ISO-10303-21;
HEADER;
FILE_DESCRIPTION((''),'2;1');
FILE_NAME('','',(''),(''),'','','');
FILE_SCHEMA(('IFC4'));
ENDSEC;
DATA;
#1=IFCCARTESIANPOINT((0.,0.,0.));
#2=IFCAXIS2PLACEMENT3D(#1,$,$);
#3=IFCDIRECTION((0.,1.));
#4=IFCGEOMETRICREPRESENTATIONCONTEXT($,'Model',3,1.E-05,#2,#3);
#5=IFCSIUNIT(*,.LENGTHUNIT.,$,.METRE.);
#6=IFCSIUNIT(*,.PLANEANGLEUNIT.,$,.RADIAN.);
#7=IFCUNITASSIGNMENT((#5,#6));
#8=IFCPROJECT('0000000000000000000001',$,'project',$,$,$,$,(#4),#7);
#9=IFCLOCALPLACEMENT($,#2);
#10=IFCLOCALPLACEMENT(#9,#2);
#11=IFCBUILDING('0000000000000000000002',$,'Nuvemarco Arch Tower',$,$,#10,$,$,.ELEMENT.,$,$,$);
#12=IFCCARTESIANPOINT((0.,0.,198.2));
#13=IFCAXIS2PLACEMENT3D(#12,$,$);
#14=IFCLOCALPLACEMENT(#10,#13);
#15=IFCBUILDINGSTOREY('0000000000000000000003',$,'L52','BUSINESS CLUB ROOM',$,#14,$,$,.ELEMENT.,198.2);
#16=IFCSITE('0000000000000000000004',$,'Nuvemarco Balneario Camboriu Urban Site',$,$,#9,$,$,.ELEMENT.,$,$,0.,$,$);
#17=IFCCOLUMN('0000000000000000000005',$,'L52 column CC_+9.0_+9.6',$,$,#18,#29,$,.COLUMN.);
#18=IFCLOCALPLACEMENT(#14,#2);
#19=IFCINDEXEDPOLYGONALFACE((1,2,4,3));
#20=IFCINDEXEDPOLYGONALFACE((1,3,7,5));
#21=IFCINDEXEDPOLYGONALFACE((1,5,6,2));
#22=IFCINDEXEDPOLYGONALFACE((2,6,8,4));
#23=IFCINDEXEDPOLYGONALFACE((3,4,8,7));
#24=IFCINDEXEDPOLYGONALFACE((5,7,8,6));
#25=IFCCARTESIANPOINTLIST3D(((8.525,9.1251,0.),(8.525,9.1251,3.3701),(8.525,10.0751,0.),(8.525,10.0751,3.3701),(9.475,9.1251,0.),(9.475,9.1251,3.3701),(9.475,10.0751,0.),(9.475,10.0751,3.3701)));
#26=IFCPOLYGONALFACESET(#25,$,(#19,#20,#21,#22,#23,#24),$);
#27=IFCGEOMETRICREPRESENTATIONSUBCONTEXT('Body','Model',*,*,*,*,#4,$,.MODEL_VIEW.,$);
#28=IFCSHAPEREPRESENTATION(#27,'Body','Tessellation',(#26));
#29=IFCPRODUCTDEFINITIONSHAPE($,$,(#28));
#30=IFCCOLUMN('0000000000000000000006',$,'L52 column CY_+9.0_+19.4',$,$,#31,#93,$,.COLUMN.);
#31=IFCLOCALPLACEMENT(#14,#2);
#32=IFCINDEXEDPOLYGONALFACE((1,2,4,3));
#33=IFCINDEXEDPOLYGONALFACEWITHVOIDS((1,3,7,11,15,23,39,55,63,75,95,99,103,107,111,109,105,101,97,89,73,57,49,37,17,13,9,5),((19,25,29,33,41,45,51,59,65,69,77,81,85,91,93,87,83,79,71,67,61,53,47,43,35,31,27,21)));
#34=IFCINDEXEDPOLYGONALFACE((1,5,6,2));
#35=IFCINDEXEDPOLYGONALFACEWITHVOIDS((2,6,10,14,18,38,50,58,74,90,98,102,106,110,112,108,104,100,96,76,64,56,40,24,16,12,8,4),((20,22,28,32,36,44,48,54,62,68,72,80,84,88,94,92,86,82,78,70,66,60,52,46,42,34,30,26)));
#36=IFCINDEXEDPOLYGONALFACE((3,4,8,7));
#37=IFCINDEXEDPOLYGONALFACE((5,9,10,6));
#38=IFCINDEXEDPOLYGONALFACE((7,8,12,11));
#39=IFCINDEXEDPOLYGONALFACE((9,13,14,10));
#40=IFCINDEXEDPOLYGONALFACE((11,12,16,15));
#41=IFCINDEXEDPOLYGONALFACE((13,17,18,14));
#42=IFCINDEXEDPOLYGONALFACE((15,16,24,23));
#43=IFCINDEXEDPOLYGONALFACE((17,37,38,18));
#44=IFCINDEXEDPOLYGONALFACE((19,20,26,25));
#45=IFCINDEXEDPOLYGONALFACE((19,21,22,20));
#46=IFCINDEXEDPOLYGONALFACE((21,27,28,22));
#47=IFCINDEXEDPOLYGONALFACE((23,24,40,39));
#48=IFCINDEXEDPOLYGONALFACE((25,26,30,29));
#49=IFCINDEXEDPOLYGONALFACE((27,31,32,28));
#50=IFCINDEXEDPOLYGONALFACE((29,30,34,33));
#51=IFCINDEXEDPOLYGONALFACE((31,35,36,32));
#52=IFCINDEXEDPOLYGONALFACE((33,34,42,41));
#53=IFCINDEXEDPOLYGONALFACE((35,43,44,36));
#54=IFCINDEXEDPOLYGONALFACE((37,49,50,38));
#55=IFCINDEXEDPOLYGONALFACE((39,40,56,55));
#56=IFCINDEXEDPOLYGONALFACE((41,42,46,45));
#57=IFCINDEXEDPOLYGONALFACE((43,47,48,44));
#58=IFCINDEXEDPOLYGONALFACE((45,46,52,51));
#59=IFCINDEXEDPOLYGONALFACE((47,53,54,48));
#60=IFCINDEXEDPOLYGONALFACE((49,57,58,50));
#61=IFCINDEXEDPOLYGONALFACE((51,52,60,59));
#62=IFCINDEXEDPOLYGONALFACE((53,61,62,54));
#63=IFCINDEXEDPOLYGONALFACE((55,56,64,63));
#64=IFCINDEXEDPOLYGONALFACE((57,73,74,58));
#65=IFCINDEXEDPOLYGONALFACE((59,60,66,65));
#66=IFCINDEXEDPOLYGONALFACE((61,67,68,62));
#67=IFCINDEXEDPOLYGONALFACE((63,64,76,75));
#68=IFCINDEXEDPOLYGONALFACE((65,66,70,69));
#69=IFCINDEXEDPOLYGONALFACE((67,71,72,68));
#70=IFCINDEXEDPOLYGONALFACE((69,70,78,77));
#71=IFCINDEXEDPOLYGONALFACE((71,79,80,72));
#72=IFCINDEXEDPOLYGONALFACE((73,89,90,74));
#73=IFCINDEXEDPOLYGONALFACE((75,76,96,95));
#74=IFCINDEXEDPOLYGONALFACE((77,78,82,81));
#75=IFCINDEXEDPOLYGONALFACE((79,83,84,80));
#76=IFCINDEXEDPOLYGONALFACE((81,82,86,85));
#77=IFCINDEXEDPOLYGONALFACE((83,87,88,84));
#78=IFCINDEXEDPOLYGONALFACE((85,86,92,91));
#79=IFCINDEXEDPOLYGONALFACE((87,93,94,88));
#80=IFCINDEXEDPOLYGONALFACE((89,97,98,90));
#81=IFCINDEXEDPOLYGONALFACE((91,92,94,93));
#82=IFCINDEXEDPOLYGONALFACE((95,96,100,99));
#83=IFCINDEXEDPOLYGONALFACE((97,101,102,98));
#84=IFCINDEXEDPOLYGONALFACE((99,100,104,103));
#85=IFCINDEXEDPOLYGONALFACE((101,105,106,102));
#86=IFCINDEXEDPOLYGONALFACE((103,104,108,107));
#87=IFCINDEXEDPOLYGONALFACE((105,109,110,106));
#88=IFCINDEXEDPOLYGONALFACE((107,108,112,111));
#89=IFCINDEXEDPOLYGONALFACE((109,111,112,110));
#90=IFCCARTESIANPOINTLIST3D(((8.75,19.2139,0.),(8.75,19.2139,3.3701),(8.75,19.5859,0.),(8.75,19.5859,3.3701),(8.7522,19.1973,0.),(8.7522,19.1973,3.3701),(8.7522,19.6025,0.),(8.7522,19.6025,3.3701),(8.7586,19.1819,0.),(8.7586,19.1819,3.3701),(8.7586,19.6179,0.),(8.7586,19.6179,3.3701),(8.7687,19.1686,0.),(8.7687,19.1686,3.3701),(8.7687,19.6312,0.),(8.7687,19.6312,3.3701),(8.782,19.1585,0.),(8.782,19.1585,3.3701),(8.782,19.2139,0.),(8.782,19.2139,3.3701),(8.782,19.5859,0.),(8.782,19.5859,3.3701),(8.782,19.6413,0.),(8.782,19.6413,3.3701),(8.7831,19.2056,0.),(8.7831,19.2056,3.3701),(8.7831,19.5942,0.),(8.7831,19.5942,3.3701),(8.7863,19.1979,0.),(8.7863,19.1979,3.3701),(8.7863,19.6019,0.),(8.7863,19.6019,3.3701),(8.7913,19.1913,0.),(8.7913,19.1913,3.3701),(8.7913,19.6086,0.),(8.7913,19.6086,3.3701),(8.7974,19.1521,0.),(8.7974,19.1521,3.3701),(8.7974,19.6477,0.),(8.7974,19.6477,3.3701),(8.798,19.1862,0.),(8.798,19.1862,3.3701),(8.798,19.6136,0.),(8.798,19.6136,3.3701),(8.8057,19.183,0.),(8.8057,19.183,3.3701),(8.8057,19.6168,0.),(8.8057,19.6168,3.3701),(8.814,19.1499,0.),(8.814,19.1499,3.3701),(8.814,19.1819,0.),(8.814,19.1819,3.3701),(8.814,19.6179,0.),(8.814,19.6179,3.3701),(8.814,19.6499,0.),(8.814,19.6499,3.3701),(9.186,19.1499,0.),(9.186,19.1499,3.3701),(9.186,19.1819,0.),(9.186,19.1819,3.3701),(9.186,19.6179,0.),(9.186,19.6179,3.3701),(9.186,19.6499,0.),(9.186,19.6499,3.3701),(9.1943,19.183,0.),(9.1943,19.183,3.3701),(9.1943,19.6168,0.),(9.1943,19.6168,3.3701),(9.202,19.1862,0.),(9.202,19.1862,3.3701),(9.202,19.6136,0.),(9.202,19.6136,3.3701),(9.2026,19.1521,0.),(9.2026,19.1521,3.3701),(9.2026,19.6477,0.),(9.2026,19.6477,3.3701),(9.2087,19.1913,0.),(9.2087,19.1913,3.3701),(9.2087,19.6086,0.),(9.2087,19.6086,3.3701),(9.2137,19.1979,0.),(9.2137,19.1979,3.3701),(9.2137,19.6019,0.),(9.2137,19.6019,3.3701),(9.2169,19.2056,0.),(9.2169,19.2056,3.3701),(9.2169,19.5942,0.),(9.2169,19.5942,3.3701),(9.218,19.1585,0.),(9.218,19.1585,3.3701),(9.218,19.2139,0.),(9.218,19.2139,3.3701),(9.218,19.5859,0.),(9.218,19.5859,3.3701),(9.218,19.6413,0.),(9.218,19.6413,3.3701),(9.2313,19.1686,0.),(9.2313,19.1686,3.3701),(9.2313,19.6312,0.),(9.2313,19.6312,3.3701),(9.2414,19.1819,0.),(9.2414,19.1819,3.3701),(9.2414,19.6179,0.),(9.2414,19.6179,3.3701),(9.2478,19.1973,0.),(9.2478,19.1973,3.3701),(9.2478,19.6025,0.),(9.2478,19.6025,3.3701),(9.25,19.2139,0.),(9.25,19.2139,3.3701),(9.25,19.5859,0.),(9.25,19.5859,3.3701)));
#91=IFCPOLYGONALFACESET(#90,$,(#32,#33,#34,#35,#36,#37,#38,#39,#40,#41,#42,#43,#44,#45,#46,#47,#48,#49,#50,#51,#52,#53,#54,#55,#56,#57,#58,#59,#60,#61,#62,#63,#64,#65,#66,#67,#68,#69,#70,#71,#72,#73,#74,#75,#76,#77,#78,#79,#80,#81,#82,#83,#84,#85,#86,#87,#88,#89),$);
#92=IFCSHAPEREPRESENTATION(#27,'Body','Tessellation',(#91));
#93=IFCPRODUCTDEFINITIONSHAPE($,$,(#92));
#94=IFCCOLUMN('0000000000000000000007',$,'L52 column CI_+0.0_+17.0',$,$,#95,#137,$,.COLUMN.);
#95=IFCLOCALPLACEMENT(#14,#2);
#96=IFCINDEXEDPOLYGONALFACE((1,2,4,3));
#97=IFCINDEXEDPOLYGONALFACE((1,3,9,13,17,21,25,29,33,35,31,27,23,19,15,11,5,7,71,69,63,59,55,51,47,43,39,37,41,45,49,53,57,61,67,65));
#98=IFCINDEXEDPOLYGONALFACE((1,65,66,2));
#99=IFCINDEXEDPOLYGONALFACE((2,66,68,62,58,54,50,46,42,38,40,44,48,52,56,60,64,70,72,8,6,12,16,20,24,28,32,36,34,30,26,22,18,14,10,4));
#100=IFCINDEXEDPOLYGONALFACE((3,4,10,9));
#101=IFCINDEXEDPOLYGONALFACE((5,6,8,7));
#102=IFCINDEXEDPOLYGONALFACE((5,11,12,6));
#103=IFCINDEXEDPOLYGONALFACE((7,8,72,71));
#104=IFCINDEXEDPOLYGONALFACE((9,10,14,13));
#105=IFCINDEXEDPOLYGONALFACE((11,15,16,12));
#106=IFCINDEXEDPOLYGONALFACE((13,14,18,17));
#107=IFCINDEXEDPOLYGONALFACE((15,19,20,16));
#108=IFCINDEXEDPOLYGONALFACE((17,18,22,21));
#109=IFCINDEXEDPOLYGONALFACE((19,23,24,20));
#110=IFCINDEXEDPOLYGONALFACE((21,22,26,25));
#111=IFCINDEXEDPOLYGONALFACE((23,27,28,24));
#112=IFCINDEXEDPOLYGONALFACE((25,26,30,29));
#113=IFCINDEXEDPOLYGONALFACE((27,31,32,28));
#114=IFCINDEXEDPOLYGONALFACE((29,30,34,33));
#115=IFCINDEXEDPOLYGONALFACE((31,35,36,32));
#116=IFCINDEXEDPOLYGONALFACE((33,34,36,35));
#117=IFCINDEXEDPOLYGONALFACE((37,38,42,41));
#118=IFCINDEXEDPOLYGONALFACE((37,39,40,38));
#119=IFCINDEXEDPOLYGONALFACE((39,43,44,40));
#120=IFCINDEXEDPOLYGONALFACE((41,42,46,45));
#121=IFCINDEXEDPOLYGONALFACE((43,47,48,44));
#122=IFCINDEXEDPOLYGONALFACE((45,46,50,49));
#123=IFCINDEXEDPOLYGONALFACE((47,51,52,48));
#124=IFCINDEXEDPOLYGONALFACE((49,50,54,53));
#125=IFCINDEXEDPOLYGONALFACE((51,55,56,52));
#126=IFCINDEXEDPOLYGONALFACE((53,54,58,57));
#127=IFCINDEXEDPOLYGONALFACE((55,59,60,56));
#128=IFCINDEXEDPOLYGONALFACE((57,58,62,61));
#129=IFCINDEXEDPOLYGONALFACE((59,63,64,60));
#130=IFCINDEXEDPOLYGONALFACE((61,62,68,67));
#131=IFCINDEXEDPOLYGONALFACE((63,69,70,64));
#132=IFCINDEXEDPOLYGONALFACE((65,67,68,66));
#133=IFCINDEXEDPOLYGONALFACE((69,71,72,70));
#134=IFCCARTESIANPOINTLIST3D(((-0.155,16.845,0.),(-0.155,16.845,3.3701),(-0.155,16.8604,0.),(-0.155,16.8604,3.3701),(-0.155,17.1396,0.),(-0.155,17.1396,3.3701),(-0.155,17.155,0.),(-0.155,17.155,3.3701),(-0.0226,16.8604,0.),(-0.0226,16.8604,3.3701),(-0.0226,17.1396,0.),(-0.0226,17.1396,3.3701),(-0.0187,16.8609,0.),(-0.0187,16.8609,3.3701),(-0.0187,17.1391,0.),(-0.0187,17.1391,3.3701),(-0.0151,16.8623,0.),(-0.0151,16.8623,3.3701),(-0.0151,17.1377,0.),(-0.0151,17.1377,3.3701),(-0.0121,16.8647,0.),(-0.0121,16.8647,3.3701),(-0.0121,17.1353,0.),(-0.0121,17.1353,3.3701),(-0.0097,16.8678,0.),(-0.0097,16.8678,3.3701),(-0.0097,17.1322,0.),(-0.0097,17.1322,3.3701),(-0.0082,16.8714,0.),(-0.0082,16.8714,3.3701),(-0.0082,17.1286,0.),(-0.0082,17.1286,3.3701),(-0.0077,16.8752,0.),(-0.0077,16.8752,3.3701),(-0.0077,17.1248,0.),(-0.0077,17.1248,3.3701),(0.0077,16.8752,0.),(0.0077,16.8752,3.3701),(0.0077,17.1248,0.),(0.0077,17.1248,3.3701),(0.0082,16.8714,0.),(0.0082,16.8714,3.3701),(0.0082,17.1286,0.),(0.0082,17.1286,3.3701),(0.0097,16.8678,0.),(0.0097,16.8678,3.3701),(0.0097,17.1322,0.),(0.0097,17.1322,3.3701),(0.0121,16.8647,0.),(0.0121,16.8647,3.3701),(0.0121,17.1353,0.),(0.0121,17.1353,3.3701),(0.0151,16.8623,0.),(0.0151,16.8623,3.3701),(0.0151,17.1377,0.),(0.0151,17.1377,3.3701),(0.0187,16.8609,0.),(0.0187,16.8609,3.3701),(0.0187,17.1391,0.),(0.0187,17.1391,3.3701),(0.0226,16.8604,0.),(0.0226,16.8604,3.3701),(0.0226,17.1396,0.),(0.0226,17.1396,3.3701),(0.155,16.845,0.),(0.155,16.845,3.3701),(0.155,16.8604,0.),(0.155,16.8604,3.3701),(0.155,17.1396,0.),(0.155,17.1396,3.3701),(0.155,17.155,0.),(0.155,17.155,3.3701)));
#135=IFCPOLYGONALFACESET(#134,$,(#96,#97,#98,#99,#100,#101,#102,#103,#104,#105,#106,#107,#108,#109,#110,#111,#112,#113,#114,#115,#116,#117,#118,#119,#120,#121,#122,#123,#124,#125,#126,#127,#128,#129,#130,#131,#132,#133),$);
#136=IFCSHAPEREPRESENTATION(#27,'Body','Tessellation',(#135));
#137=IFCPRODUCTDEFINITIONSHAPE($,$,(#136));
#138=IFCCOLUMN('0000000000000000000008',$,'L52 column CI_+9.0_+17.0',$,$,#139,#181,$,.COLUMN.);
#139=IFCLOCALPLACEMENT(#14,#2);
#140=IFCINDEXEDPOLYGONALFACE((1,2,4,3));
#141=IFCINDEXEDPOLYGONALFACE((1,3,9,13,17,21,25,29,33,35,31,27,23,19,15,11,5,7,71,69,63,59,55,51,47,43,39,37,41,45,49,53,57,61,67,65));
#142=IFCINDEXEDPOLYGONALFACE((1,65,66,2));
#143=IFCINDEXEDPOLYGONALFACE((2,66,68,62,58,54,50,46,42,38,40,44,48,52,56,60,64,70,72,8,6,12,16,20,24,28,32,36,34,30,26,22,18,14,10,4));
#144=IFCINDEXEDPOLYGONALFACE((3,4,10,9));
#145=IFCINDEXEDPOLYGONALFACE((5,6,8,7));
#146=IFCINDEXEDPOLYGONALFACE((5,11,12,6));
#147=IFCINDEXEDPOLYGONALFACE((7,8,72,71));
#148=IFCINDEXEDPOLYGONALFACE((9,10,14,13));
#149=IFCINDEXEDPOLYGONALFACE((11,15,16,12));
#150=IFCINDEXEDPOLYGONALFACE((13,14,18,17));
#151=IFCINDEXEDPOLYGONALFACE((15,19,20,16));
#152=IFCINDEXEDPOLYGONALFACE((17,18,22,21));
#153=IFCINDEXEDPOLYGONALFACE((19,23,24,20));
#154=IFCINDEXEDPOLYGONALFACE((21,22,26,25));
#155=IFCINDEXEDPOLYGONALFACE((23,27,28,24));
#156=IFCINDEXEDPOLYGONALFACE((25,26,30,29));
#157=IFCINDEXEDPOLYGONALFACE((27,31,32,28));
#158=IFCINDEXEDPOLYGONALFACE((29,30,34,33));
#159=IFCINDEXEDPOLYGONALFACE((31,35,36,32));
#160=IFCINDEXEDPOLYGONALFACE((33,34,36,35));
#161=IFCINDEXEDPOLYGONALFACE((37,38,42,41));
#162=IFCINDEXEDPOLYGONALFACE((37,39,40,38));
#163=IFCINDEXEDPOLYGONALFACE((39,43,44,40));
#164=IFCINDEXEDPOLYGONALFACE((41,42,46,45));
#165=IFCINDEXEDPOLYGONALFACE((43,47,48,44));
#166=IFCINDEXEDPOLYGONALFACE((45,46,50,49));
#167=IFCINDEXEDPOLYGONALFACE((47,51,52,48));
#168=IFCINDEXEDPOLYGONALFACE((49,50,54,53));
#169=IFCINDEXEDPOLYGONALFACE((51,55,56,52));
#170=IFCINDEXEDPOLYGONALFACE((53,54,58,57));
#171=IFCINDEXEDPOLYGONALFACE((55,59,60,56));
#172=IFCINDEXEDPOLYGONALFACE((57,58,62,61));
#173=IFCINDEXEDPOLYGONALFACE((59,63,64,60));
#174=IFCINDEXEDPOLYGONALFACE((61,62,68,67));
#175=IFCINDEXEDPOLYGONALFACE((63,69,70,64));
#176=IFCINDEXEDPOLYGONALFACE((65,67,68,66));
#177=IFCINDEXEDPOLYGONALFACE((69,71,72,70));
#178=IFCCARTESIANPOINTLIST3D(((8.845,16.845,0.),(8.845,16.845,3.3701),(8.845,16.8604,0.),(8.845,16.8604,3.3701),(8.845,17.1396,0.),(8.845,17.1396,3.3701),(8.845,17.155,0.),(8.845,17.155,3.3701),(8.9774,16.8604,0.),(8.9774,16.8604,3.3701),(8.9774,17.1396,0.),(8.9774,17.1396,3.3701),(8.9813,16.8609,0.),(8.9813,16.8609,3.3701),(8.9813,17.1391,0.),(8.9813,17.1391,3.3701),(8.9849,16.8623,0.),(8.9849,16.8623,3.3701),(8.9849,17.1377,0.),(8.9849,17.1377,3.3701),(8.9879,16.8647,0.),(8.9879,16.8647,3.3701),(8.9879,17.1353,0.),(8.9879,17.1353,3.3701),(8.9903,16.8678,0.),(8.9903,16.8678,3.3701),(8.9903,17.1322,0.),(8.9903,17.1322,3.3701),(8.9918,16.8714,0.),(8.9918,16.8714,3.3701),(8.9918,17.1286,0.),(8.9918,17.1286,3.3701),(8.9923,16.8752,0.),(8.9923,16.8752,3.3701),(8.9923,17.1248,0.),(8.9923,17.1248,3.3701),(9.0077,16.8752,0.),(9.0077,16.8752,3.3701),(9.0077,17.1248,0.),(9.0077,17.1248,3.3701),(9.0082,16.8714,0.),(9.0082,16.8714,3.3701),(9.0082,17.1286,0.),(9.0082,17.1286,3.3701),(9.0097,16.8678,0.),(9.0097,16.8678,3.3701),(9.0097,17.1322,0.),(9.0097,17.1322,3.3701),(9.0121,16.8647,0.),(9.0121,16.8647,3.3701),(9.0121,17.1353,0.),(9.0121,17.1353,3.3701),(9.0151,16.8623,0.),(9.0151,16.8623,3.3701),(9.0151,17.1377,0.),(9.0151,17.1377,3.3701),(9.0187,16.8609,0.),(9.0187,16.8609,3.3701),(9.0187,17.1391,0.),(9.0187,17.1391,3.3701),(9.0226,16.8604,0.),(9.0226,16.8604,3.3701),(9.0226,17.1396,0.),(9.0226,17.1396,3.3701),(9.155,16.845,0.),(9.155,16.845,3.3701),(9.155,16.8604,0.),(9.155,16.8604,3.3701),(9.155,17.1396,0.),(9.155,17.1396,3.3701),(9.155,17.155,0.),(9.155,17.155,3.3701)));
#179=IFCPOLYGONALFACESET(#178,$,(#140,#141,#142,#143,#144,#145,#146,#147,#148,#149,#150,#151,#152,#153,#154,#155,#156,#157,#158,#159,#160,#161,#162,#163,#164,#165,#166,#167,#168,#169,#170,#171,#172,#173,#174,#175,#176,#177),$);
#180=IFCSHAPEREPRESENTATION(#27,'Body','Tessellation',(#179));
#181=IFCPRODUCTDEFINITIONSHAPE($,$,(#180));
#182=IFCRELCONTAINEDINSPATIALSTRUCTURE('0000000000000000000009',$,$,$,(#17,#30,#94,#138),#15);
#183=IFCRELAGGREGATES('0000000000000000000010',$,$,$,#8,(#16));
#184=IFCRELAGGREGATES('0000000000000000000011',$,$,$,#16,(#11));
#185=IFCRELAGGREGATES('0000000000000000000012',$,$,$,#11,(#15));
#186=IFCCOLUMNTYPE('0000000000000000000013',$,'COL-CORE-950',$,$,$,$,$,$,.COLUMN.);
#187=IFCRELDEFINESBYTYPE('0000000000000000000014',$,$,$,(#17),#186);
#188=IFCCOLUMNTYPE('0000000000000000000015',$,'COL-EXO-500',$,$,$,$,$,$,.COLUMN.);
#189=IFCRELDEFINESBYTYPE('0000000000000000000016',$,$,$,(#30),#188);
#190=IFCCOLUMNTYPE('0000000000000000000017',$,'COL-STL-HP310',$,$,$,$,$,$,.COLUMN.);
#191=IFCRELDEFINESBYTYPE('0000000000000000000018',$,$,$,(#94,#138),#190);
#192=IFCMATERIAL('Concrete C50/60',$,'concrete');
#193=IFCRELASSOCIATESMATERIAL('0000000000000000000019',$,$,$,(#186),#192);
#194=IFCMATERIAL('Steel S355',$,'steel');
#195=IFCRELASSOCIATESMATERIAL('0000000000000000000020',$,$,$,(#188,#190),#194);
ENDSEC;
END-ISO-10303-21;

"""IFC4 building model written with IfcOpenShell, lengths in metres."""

from ifc_helpers import new_model, si_unit, direction, frame, origin, origin_2d, place, context, subcontext, project, spatial, rectangle, hollow_rectangle, i_section, extrude, material, material_profile, profile_set, type_object, element, save


model = new_model("IFC4")

# Units and contexts
model_context = context("Model", 3, precision=1e-05, world=origin(), true_north=direction((0.0, 1.0)))
body_context = subcontext(model_context, "Body", "Model", "MODEL_VIEW")
ifc_project = project(units=[si_unit("LENGTHUNIT", "METRE"), si_unit("PLANEANGLEUNIT", "RADIAN")], contexts=[model_context])

# Site, building, storey
site_placement = place(None, origin())
site = spatial("IfcSite", under=ifc_project, at=site_placement, Name="Nuvemarco Balneario Camboriu Urban Site", CompositionType="ELEMENT", RefElevation=0.0)
building_placement = place(site_placement, origin())
building = spatial("IfcBuilding", under=site, at=building_placement, Name="Nuvemarco Arch Tower", CompositionType="ELEMENT")
storey_placement = place(building_placement, frame((0.0, 0.0, 198.2)))
storey = spatial("IfcBuildingStorey", under=building, at=storey_placement, Name="L52", Description="BUSINESS CLUB ROOM", CompositionType="ELEMENT", Elevation=198.2)

# Columns
ifc_material_1 = material(Name="Concrete C50/60", Category="concrete")
ifc_material_profile_1 = material_profile(ifc_material_1, rectangle(XDim=0.95, YDim=0.95, at=origin_2d()), Name="RC-COL-950x950")
ifc_profile_set_1 = profile_set([ifc_material_profile_1], Name="Concrete C50/60")
column_type_1 = type_object("IfcColumnType", Name="COL-CORE-950", PredefinedType="COLUMN", material=ifc_profile_set_1)
column_1_placement = place(storey_placement, frame((9.0, 9.6001, 0.0), z_axis=(0.0, 0.0, 1.0), x_axis=(1.0, 0.0, 0.0)))
element("IfcColumn", 1, at=column_1_placement, inside=storey, type_object=column_type_1, Name="L52 column CC_+9.0_+9.6", PredefinedType="COLUMN", context=body_context, shape_type="SweptSolid", body=[
    extrude(rectangle(XDim=0.95, YDim=0.95, at=origin_2d()), origin(), (0.0, 0.0, 1.0), 3.3701),
])
ifc_material_2 = material(Name="Steel S355", Category="steel")
ifc_material_profile_2 = material_profile(ifc_material_2, hollow_rectangle(XDim=0.5, YDim=0.5, WallThickness=0.032, InnerFilletRadius=0.032, OuterFilletRadius=0.064, at=origin_2d()), Name="SHS500x500x32")
ifc_profile_set_2 = profile_set([ifc_material_profile_2], Name="Steel S355")
column_type_2 = type_object("IfcColumnType", Name="COL-EXO-500", PredefinedType="COLUMN", material=ifc_profile_set_2)
column_2_placement = place(storey_placement, frame((9.0, 19.3999, 0.0), z_axis=(0.0, 0.0, 1.0), x_axis=(1.0, 0.0, 0.0)))
element("IfcColumn", 2, at=column_2_placement, inside=storey, type_object=column_type_2, Name="L52 column CY_+9.0_+19.4", PredefinedType="COLUMN", context=body_context, shape_type="SweptSolid", body=[
    extrude(hollow_rectangle(XDim=0.5, YDim=0.5, WallThickness=0.032, InnerFilletRadius=0.032, OuterFilletRadius=0.064, at=origin_2d()), origin(), (0.0, 0.0, 1.0), 3.3701),
])
ifc_material_profile_3 = material_profile(ifc_material_2, i_section(OverallWidth=0.3101, OverallDepth=0.3101, WebThickness=0.0154, FlangeThickness=0.0154, FilletRadius=0.0149, at=origin_2d()), Name="HP310x110")
ifc_profile_set_3 = profile_set([ifc_material_profile_3], Name="Steel S355")
column_type_3 = type_object("IfcColumnType", Name="COL-STL-HP310", PredefinedType="COLUMN", material=ifc_profile_set_3)
for number, where, z_axis, x_axis, name in (
    (3, (0.0, 17.0, 0.0), (0.0, 0.0, 1.0), (1.0, 0.0, 0.0), "L52 column CI_+0.0_+17.0"),
    (4, (9.0, 17.0, 0.0), (0.0, 0.0, 1.0), (1.0, 0.0, 0.0), "L52 column CI_+9.0_+17.0"),
):
    element("IfcColumn", number, at=place(storey_placement, frame(where, z_axis=z_axis, x_axis=x_axis)), inside=storey, type_object=column_type_3, Name=name, PredefinedType="COLUMN", context=body_context, shape_type="SweptSolid", body=[
        extrude(i_section(OverallWidth=0.3101, OverallDepth=0.3101, WebThickness=0.0154, FlangeThickness=0.0154, FilletRadius=0.0149, at=origin_2d()), origin(), (0.0, 0.0, 1.0), 3.3701),
    ])

save(model, "model.ifc")
